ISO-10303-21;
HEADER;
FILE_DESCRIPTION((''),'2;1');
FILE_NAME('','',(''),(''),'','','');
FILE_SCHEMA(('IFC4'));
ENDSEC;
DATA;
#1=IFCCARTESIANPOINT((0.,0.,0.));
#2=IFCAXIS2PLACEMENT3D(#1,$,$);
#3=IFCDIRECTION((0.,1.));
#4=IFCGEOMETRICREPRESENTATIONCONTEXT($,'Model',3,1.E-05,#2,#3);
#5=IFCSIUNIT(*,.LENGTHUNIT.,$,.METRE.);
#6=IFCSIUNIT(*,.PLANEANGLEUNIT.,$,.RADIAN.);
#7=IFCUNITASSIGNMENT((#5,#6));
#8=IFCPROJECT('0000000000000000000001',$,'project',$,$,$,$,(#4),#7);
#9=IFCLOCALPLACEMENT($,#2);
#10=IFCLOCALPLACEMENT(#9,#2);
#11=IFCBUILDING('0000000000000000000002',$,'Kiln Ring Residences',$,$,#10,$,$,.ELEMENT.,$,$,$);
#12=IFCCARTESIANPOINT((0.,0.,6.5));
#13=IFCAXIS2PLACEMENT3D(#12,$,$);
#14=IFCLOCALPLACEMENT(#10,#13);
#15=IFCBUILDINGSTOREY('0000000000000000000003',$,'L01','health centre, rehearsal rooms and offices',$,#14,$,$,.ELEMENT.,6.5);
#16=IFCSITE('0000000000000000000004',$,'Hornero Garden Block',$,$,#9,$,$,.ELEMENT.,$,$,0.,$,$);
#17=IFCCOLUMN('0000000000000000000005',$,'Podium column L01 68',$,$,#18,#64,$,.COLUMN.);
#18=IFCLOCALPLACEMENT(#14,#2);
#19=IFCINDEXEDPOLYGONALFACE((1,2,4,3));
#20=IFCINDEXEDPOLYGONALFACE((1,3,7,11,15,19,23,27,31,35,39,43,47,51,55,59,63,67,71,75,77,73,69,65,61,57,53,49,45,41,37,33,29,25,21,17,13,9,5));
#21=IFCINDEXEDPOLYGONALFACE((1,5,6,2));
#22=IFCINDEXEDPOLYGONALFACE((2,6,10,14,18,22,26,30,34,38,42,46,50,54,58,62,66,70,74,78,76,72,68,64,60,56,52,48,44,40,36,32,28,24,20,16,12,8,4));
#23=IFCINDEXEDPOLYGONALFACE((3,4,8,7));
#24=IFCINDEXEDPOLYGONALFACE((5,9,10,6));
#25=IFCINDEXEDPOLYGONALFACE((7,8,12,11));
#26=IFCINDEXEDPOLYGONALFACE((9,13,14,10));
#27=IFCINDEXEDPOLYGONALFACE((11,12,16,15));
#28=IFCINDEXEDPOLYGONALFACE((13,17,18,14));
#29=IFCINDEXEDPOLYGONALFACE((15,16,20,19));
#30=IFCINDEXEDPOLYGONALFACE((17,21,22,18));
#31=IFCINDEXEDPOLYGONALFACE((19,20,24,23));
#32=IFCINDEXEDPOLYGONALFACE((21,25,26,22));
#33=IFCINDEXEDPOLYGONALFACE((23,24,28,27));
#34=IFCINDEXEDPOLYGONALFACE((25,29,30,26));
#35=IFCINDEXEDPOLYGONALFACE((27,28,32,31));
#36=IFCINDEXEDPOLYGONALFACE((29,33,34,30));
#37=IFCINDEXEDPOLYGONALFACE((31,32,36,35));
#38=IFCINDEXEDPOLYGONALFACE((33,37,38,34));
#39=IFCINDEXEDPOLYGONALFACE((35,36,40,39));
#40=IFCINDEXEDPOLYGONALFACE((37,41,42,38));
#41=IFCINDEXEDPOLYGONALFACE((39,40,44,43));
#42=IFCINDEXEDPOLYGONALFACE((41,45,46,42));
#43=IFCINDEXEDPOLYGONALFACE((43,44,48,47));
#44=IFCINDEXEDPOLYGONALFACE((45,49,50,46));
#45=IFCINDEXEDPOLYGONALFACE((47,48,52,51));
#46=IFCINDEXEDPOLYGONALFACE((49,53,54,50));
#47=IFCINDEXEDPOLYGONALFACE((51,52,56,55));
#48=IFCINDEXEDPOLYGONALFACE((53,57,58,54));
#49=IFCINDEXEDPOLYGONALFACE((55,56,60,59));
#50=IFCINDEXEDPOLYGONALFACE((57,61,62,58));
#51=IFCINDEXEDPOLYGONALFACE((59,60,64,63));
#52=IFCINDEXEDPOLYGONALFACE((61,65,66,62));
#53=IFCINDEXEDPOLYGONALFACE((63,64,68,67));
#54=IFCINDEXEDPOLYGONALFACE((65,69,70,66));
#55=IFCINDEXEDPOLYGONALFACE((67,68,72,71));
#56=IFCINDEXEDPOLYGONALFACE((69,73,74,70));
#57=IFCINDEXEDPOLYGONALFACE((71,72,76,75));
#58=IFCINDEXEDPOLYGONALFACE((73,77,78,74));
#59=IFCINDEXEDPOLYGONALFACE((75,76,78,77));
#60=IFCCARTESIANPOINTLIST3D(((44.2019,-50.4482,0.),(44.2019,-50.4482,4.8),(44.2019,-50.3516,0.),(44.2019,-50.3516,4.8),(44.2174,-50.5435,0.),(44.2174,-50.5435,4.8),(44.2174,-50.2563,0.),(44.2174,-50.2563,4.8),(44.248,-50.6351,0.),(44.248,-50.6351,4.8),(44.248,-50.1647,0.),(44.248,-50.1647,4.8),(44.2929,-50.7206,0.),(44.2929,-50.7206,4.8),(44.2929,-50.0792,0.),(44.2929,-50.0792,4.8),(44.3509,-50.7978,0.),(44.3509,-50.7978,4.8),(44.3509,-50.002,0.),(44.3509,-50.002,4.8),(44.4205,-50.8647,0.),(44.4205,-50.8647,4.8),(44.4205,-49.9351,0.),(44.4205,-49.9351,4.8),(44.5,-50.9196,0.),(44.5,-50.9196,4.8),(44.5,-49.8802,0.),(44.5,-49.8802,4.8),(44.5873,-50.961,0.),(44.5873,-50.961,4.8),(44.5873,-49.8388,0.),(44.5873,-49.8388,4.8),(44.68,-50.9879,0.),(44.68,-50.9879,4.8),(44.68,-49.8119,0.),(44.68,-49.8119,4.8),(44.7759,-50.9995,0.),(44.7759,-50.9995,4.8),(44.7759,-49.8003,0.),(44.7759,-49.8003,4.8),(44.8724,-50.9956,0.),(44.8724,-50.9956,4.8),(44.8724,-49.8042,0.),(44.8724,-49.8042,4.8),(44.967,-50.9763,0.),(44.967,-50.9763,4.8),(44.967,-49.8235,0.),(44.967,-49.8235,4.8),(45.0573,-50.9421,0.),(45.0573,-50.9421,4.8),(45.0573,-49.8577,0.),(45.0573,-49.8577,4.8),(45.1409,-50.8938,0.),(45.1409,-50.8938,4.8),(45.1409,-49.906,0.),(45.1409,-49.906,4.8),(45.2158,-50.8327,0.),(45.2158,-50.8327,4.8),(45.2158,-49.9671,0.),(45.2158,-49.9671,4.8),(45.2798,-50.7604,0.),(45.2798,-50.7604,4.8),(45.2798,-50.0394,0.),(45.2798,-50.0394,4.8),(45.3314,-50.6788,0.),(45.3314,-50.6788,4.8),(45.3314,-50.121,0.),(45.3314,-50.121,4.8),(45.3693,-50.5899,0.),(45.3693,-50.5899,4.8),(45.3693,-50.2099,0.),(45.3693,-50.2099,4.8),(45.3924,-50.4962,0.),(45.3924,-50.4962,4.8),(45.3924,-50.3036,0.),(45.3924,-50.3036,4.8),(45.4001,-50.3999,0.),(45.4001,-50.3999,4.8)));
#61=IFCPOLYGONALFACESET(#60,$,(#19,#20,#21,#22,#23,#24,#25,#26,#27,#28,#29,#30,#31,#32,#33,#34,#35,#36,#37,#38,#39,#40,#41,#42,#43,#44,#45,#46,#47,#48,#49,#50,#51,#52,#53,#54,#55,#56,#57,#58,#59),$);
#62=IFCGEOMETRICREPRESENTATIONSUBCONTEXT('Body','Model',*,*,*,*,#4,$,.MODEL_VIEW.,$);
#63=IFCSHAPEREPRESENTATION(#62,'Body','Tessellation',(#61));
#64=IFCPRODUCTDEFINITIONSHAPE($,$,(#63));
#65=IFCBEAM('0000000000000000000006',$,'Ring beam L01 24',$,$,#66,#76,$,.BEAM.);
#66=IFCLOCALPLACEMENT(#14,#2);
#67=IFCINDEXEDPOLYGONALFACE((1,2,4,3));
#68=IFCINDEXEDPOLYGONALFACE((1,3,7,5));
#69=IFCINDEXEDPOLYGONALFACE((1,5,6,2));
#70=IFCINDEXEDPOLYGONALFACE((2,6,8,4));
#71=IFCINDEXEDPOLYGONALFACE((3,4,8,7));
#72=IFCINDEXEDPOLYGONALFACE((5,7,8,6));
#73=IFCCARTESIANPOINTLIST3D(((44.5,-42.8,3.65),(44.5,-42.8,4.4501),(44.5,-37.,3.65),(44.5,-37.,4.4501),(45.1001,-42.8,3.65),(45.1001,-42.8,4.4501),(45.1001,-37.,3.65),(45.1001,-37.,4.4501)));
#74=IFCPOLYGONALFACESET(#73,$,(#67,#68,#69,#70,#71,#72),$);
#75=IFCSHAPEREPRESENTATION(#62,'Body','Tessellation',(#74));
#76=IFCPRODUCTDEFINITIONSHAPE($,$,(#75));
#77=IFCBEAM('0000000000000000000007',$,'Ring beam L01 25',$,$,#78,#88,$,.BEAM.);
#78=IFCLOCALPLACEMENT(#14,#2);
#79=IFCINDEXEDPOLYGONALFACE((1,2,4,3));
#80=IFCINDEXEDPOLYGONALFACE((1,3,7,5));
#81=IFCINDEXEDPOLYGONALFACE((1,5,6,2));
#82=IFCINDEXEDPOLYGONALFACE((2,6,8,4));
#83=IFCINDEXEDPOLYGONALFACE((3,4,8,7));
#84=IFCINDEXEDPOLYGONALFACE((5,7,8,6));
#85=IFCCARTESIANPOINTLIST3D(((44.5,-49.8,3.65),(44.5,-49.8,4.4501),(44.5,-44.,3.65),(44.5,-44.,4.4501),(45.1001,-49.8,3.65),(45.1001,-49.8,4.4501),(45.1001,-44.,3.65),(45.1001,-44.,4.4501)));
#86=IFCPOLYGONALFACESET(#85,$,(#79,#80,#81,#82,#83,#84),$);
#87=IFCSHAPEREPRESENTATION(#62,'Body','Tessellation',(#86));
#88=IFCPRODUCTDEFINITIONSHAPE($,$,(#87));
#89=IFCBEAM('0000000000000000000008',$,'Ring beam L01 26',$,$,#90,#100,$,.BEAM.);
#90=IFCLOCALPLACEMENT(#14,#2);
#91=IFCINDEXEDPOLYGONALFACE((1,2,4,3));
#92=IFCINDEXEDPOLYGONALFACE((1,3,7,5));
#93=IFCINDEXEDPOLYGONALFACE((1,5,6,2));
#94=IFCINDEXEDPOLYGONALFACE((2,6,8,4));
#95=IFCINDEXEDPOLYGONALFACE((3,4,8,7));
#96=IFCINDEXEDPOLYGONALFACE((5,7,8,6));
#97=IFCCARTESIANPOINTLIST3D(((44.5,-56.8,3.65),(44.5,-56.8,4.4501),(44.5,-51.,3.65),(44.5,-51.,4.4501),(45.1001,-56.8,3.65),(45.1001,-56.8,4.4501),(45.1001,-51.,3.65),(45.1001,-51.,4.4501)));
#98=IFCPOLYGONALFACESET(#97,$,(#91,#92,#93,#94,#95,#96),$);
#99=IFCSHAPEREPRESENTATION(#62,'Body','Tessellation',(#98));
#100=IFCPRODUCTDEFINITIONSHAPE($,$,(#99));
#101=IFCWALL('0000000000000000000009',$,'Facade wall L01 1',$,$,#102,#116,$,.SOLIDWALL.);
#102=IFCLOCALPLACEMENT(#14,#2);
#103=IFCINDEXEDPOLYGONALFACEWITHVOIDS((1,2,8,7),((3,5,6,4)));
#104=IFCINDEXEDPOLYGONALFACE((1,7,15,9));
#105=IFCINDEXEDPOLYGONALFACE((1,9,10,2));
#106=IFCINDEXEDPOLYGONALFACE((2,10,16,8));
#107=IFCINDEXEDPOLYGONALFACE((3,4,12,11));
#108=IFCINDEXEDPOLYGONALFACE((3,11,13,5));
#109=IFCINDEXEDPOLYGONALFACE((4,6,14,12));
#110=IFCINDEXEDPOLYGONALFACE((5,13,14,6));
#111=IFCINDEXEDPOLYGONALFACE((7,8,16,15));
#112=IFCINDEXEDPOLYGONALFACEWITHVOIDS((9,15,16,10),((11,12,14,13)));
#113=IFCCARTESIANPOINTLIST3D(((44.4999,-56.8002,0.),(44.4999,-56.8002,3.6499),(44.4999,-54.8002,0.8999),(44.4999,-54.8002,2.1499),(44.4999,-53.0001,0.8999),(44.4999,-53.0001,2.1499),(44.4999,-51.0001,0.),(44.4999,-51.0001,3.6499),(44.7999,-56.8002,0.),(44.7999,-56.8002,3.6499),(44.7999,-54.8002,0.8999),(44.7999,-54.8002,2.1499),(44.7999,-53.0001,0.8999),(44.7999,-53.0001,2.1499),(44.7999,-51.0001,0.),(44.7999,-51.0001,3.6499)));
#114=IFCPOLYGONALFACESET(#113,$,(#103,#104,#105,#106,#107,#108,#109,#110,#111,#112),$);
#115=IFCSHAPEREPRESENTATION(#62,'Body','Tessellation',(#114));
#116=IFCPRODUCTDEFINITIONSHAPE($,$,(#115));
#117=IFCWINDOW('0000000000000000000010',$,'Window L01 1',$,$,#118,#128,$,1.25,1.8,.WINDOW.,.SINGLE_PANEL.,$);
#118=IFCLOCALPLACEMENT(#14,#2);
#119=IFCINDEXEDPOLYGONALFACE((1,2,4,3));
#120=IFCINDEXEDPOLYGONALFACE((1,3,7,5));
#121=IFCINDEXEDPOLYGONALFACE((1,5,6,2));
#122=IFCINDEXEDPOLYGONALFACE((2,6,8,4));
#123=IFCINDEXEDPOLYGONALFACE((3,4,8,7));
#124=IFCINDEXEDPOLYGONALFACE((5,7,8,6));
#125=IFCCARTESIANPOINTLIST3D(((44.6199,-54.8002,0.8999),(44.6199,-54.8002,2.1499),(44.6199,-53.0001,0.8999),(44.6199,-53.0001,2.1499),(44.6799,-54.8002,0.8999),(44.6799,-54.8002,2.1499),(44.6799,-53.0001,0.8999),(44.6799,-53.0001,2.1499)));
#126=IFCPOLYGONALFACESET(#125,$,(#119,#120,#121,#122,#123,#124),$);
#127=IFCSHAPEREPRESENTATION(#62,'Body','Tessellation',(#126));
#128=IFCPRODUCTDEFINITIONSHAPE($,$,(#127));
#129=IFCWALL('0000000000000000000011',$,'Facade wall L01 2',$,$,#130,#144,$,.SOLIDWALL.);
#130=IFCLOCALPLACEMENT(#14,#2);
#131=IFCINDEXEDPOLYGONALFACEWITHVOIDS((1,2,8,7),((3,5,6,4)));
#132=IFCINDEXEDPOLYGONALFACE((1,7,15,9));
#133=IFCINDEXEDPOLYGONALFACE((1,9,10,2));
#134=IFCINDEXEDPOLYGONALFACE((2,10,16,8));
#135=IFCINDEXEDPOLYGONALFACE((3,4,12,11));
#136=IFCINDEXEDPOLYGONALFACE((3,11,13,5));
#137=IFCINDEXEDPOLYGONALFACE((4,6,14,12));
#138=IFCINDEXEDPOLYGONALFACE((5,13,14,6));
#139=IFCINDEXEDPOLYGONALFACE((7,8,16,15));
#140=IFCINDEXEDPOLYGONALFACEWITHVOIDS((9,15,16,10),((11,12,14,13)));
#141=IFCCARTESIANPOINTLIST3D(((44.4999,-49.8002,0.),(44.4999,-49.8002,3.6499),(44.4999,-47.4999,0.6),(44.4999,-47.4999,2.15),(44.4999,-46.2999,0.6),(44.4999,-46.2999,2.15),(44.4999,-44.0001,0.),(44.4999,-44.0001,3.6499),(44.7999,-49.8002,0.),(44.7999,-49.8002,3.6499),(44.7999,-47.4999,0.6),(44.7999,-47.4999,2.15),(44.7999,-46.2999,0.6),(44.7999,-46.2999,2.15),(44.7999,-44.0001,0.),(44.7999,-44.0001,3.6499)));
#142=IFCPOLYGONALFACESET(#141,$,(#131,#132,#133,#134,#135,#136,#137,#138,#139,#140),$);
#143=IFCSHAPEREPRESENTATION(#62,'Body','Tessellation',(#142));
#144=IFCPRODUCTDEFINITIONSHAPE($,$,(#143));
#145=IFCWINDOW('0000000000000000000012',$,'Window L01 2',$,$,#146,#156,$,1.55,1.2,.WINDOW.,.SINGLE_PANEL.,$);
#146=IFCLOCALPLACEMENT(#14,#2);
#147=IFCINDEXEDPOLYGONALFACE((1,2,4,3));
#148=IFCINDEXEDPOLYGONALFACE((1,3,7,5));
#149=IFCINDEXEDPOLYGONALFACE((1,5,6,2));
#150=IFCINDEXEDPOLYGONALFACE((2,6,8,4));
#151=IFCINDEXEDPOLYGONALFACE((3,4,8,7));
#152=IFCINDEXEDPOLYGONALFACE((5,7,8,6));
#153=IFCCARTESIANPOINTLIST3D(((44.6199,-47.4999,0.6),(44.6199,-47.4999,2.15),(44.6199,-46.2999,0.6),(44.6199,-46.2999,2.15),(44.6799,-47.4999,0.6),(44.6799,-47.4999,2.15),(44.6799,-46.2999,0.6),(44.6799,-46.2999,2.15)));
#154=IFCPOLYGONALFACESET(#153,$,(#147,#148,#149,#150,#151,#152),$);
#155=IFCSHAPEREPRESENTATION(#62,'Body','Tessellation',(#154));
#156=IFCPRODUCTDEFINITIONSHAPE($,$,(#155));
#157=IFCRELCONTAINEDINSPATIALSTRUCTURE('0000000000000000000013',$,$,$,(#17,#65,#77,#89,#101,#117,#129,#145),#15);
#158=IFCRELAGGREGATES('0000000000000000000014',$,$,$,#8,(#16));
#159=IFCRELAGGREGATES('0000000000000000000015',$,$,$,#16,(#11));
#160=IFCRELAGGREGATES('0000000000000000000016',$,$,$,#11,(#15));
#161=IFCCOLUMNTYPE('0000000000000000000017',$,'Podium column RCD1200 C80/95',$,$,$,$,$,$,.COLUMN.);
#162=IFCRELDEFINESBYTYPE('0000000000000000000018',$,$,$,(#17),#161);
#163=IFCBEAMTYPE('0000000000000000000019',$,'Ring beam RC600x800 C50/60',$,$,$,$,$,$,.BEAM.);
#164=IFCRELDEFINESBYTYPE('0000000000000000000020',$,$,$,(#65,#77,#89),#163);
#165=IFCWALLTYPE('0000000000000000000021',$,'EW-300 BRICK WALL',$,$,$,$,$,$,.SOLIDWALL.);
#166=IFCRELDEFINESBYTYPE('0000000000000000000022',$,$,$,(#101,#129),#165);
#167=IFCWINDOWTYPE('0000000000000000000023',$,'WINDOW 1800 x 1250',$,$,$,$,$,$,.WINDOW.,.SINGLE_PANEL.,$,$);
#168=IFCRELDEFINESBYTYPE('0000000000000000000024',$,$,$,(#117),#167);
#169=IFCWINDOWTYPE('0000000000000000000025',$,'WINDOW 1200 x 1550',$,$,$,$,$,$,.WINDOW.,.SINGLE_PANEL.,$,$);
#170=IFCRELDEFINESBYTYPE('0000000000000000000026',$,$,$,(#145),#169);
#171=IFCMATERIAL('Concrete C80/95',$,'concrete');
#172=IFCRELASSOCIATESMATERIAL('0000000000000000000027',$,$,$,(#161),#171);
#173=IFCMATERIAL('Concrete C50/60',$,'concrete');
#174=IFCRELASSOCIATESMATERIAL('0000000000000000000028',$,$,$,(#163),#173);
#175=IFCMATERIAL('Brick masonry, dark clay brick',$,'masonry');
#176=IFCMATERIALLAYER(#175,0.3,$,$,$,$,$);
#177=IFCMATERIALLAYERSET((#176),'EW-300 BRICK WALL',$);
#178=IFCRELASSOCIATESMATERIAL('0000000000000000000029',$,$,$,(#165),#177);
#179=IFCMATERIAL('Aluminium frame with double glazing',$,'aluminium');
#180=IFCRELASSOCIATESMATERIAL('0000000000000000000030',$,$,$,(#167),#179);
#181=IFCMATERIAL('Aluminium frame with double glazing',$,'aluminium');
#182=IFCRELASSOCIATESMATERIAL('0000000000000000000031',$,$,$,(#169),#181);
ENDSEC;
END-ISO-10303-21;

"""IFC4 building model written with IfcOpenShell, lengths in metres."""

from ifc_helpers import new_model, si_unit, direction, frame, frame_2d, origin, origin_2d, place, context, subcontext, project, spatial, rectangle, circle, extrude, material, layer, layer_set, material_profile, profile_set, type_object, element, fill, save


model = new_model("IFC4")

# Units and contexts
model_context = context("Model", 3, precision=1e-05, world=origin(), true_north=direction((0.0, 1.0)))
body_context = subcontext(model_context, "Body", "Model", "MODEL_VIEW")
ifc_project = project(units=[si_unit("LENGTHUNIT", "METRE"), si_unit("PLANEANGLEUNIT", "RADIAN")], contexts=[model_context])

# Site, building, storey
site_placement = place(None, origin())
site = spatial("IfcSite", under=ifc_project, at=site_placement, Name="Hornero Garden Block", CompositionType="ELEMENT", RefElevation=0.0)
building_placement = place(site_placement, origin())
building = spatial("IfcBuilding", under=site, at=building_placement, Name="Kiln Ring Residences", CompositionType="ELEMENT")
storey_placement = place(building_placement, frame((0.0, 0.0, 6.5)))
storey = spatial("IfcBuildingStorey", under=building, at=storey_placement, Name="L01", Description="health centre, rehearsal rooms and offices", CompositionType="ELEMENT", Elevation=6.5)

# Column
ifc_material_1 = material(Name="Concrete C80/95", Category="concrete")
ifc_material_profile_1 = material_profile(ifc_material_1, circle(Radius=0.6001, at=origin_2d()), Name="RCD1200")
ifc_profile_set_1 = profile_set([ifc_material_profile_1], Name="Concrete C80/95")
column_type = type_object("IfcColumnType", Name="Podium column RCD1200 C80/95", PredefinedType="COLUMN", material=ifc_profile_set_1)
for number, where, z_axis, x_axis, name in (
    (1, (44.8, -50.3999, 0.0), (0.0, 0.0, 1.0), (1.0, 0.0, 0.0), "Podium column L01 68"),
):
    element("IfcColumn", number, at=place(storey_placement, frame(where, z_axis=z_axis, x_axis=x_axis)), inside=storey, type_object=column_type, Name=name, PredefinedType="COLUMN", context=body_context, shape_type="SweptSolid", body=[
        extrude(circle(Radius=0.6001, at=origin_2d()), origin(), (0.0, 0.0, 1.0), 4.8),
    ])

# Beams
ifc_material_2 = material(Name="Concrete C50/60", Category="concrete")
ifc_material_profile_2 = material_profile(ifc_material_2, rectangle(XDim=0.6001, YDim=0.8, at=origin_2d()), Name="RC600x800")
ifc_profile_set_2 = profile_set([ifc_material_profile_2], Name="Concrete C50/60")
beam_type = type_object("IfcBeamType", Name="Ring beam RC600x800 C50/60", PredefinedType="BEAM", material=ifc_profile_set_2)
for number, where, z_axis, x_axis, name in (
    (2, (44.8, -37.0, 4.05), (0.0, -1.0, 0.0), (1.0, 0.0, 0.0), "Ring beam L01 24"),
    (3, (44.8, -44.0, 4.05), (0.0, -1.0, 0.0), (1.0, 0.0, 0.0), "Ring beam L01 25"),
    (4, (44.8, -51.0, 4.05), (0.0, -1.0, 0.0), (1.0, 0.0, 0.0), "Ring beam L01 26"),
):
    element("IfcBeam", number, at=place(storey_placement, frame(where, z_axis=z_axis, x_axis=x_axis)), inside=storey, type_object=beam_type, Name=name, PredefinedType="BEAM", context=body_context, shape_type="SweptSolid", body=[
        extrude(rectangle(XDim=0.6001, YDim=0.8, at=origin_2d()), origin(), (0.0, 0.0, 1.0), 5.8),
    ])

# Walls, openings, windows
ifc_material_3 = material(Name="Brick masonry, dark clay brick", Category="masonry")
ifc_layer = layer(ifc_material_3, 0.3)
ifc_layer_set = layer_set([ifc_layer], Name="EW-300 BRICK WALL")
wall_type = type_object("IfcWallType", Name="EW-300 BRICK WALL", PredefinedType="SOLIDWALL", material=ifc_layer_set)
wall_1_placement = place(storey_placement, frame((44.6499, -56.8, 0.0), z_axis=(0.0, 0.0, 1.0), x_axis=(0.0, 1.0, 0.0)))
wall_1 = element("IfcWall", 5, at=wall_1_placement, inside=storey, type_object=wall_type, Name="Facade wall L01 1", PredefinedType="SOLIDWALL", context=body_context, shape_type="SweptSolid", body=[
    extrude(rectangle(XDim=5.8, YDim=0.3, at=frame_2d((2.8999, 0.0))), origin(), (0.0, 0.0, 1.0), 3.6499),
])
opening_1_placement = place(wall_1_placement, frame((2.0, 0.0, 0.8999)))
opening_1 = element("IfcOpeningElement", 6, at=opening_1_placement, cuts=wall_1, PredefinedType="OPENING", context=body_context, shape_type="SweptSolid", body=[
    extrude(rectangle(XDim=1.8, YDim=1.25, at=frame_2d((0.8999, 0.625))), frame((0.0, 0.1599, 0.0), z_axis=(0.0, -1.0, 0.0), x_axis=(1.0, 0.0, 0.0)), (0.0, 0.0, 1.0), 0.3201),
])
ifc_material_4 = material(Name="Aluminium frame with double glazing", Category="aluminium")
window_type_1 = type_object("IfcWindowType", Name="WINDOW 1800 x 1250", PartitioningType="SINGLE_PANEL", PredefinedType="WINDOW", material=ifc_material_4)
window_1_placement = place(opening_1_placement, origin())
window_1 = element("IfcWindow", 7, at=window_1_placement, inside=storey, type_object=window_type_1, Name="Window L01 1", OverallHeight=1.25, OverallWidth=1.8, PartitioningType="SINGLE_PANEL", PredefinedType="WINDOW", context=body_context, shape_type="SweptSolid", body=[
    extrude(rectangle(XDim=1.8, YDim=1.25, at=frame_2d((0.8999, 0.625))), frame((0.0, 0.03, 0.0), z_axis=(0.0, -1.0, 0.0), x_axis=(1.0, 0.0, 0.0)), (0.0, 0.0, 1.0), 0.0601),
])
fill(opening_1, window_1)
wall_2_placement = place(storey_placement, frame((44.6499, -49.8, 0.0), z_axis=(0.0, 0.0, 1.0), x_axis=(0.0, 1.0, 0.0)))
wall_2 = element("IfcWall", 8, at=wall_2_placement, inside=storey, type_object=wall_type, Name="Facade wall L01 2", PredefinedType="SOLIDWALL", context=body_context, shape_type="SweptSolid", body=[
    extrude(rectangle(XDim=5.8, YDim=0.3, at=frame_2d((2.8999, 0.0))), origin(), (0.0, 0.0, 1.0), 3.6499),
])
opening_2_placement = place(wall_2_placement, frame((2.3, 0.0, 0.6001)))
opening_2 = element("IfcOpeningElement", 9, at=opening_2_placement, cuts=wall_2, PredefinedType="OPENING", context=body_context, shape_type="SweptSolid", body=[
    extrude(rectangle(XDim=1.2, YDim=1.55, at=frame_2d((0.6001, 0.7749))), frame((0.0, 0.1599, 0.0), z_axis=(0.0, -1.0, 0.0), x_axis=(1.0, 0.0, 0.0)), (0.0, 0.0, 1.0), 0.3201),
])
ifc_material_5 = material(Name="Aluminium frame with double glazing", Category="aluminium")
window_type_2 = type_object("IfcWindowType", Name="WINDOW 1200 x 1550", PartitioningType="SINGLE_PANEL", PredefinedType="WINDOW", material=ifc_material_5)
window_2_placement = place(opening_2_placement, origin())
window_2 = element("IfcWindow", 10, at=window_2_placement, inside=storey, type_object=window_type_2, Name="Window L01 2", OverallHeight=1.55, OverallWidth=1.2, PartitioningType="SINGLE_PANEL", PredefinedType="WINDOW", context=body_context, shape_type="SweptSolid", body=[
    extrude(rectangle(XDim=1.2, YDim=1.55, at=frame_2d((0.6001, 0.7749))), frame((0.0, 0.03, 0.0), z_axis=(0.0, -1.0, 0.0), x_axis=(1.0, 0.0, 0.0)), (0.0, 0.0, 1.0), 0.0601),
])
fill(opening_2, window_2)

save(model, "model.ifc")
